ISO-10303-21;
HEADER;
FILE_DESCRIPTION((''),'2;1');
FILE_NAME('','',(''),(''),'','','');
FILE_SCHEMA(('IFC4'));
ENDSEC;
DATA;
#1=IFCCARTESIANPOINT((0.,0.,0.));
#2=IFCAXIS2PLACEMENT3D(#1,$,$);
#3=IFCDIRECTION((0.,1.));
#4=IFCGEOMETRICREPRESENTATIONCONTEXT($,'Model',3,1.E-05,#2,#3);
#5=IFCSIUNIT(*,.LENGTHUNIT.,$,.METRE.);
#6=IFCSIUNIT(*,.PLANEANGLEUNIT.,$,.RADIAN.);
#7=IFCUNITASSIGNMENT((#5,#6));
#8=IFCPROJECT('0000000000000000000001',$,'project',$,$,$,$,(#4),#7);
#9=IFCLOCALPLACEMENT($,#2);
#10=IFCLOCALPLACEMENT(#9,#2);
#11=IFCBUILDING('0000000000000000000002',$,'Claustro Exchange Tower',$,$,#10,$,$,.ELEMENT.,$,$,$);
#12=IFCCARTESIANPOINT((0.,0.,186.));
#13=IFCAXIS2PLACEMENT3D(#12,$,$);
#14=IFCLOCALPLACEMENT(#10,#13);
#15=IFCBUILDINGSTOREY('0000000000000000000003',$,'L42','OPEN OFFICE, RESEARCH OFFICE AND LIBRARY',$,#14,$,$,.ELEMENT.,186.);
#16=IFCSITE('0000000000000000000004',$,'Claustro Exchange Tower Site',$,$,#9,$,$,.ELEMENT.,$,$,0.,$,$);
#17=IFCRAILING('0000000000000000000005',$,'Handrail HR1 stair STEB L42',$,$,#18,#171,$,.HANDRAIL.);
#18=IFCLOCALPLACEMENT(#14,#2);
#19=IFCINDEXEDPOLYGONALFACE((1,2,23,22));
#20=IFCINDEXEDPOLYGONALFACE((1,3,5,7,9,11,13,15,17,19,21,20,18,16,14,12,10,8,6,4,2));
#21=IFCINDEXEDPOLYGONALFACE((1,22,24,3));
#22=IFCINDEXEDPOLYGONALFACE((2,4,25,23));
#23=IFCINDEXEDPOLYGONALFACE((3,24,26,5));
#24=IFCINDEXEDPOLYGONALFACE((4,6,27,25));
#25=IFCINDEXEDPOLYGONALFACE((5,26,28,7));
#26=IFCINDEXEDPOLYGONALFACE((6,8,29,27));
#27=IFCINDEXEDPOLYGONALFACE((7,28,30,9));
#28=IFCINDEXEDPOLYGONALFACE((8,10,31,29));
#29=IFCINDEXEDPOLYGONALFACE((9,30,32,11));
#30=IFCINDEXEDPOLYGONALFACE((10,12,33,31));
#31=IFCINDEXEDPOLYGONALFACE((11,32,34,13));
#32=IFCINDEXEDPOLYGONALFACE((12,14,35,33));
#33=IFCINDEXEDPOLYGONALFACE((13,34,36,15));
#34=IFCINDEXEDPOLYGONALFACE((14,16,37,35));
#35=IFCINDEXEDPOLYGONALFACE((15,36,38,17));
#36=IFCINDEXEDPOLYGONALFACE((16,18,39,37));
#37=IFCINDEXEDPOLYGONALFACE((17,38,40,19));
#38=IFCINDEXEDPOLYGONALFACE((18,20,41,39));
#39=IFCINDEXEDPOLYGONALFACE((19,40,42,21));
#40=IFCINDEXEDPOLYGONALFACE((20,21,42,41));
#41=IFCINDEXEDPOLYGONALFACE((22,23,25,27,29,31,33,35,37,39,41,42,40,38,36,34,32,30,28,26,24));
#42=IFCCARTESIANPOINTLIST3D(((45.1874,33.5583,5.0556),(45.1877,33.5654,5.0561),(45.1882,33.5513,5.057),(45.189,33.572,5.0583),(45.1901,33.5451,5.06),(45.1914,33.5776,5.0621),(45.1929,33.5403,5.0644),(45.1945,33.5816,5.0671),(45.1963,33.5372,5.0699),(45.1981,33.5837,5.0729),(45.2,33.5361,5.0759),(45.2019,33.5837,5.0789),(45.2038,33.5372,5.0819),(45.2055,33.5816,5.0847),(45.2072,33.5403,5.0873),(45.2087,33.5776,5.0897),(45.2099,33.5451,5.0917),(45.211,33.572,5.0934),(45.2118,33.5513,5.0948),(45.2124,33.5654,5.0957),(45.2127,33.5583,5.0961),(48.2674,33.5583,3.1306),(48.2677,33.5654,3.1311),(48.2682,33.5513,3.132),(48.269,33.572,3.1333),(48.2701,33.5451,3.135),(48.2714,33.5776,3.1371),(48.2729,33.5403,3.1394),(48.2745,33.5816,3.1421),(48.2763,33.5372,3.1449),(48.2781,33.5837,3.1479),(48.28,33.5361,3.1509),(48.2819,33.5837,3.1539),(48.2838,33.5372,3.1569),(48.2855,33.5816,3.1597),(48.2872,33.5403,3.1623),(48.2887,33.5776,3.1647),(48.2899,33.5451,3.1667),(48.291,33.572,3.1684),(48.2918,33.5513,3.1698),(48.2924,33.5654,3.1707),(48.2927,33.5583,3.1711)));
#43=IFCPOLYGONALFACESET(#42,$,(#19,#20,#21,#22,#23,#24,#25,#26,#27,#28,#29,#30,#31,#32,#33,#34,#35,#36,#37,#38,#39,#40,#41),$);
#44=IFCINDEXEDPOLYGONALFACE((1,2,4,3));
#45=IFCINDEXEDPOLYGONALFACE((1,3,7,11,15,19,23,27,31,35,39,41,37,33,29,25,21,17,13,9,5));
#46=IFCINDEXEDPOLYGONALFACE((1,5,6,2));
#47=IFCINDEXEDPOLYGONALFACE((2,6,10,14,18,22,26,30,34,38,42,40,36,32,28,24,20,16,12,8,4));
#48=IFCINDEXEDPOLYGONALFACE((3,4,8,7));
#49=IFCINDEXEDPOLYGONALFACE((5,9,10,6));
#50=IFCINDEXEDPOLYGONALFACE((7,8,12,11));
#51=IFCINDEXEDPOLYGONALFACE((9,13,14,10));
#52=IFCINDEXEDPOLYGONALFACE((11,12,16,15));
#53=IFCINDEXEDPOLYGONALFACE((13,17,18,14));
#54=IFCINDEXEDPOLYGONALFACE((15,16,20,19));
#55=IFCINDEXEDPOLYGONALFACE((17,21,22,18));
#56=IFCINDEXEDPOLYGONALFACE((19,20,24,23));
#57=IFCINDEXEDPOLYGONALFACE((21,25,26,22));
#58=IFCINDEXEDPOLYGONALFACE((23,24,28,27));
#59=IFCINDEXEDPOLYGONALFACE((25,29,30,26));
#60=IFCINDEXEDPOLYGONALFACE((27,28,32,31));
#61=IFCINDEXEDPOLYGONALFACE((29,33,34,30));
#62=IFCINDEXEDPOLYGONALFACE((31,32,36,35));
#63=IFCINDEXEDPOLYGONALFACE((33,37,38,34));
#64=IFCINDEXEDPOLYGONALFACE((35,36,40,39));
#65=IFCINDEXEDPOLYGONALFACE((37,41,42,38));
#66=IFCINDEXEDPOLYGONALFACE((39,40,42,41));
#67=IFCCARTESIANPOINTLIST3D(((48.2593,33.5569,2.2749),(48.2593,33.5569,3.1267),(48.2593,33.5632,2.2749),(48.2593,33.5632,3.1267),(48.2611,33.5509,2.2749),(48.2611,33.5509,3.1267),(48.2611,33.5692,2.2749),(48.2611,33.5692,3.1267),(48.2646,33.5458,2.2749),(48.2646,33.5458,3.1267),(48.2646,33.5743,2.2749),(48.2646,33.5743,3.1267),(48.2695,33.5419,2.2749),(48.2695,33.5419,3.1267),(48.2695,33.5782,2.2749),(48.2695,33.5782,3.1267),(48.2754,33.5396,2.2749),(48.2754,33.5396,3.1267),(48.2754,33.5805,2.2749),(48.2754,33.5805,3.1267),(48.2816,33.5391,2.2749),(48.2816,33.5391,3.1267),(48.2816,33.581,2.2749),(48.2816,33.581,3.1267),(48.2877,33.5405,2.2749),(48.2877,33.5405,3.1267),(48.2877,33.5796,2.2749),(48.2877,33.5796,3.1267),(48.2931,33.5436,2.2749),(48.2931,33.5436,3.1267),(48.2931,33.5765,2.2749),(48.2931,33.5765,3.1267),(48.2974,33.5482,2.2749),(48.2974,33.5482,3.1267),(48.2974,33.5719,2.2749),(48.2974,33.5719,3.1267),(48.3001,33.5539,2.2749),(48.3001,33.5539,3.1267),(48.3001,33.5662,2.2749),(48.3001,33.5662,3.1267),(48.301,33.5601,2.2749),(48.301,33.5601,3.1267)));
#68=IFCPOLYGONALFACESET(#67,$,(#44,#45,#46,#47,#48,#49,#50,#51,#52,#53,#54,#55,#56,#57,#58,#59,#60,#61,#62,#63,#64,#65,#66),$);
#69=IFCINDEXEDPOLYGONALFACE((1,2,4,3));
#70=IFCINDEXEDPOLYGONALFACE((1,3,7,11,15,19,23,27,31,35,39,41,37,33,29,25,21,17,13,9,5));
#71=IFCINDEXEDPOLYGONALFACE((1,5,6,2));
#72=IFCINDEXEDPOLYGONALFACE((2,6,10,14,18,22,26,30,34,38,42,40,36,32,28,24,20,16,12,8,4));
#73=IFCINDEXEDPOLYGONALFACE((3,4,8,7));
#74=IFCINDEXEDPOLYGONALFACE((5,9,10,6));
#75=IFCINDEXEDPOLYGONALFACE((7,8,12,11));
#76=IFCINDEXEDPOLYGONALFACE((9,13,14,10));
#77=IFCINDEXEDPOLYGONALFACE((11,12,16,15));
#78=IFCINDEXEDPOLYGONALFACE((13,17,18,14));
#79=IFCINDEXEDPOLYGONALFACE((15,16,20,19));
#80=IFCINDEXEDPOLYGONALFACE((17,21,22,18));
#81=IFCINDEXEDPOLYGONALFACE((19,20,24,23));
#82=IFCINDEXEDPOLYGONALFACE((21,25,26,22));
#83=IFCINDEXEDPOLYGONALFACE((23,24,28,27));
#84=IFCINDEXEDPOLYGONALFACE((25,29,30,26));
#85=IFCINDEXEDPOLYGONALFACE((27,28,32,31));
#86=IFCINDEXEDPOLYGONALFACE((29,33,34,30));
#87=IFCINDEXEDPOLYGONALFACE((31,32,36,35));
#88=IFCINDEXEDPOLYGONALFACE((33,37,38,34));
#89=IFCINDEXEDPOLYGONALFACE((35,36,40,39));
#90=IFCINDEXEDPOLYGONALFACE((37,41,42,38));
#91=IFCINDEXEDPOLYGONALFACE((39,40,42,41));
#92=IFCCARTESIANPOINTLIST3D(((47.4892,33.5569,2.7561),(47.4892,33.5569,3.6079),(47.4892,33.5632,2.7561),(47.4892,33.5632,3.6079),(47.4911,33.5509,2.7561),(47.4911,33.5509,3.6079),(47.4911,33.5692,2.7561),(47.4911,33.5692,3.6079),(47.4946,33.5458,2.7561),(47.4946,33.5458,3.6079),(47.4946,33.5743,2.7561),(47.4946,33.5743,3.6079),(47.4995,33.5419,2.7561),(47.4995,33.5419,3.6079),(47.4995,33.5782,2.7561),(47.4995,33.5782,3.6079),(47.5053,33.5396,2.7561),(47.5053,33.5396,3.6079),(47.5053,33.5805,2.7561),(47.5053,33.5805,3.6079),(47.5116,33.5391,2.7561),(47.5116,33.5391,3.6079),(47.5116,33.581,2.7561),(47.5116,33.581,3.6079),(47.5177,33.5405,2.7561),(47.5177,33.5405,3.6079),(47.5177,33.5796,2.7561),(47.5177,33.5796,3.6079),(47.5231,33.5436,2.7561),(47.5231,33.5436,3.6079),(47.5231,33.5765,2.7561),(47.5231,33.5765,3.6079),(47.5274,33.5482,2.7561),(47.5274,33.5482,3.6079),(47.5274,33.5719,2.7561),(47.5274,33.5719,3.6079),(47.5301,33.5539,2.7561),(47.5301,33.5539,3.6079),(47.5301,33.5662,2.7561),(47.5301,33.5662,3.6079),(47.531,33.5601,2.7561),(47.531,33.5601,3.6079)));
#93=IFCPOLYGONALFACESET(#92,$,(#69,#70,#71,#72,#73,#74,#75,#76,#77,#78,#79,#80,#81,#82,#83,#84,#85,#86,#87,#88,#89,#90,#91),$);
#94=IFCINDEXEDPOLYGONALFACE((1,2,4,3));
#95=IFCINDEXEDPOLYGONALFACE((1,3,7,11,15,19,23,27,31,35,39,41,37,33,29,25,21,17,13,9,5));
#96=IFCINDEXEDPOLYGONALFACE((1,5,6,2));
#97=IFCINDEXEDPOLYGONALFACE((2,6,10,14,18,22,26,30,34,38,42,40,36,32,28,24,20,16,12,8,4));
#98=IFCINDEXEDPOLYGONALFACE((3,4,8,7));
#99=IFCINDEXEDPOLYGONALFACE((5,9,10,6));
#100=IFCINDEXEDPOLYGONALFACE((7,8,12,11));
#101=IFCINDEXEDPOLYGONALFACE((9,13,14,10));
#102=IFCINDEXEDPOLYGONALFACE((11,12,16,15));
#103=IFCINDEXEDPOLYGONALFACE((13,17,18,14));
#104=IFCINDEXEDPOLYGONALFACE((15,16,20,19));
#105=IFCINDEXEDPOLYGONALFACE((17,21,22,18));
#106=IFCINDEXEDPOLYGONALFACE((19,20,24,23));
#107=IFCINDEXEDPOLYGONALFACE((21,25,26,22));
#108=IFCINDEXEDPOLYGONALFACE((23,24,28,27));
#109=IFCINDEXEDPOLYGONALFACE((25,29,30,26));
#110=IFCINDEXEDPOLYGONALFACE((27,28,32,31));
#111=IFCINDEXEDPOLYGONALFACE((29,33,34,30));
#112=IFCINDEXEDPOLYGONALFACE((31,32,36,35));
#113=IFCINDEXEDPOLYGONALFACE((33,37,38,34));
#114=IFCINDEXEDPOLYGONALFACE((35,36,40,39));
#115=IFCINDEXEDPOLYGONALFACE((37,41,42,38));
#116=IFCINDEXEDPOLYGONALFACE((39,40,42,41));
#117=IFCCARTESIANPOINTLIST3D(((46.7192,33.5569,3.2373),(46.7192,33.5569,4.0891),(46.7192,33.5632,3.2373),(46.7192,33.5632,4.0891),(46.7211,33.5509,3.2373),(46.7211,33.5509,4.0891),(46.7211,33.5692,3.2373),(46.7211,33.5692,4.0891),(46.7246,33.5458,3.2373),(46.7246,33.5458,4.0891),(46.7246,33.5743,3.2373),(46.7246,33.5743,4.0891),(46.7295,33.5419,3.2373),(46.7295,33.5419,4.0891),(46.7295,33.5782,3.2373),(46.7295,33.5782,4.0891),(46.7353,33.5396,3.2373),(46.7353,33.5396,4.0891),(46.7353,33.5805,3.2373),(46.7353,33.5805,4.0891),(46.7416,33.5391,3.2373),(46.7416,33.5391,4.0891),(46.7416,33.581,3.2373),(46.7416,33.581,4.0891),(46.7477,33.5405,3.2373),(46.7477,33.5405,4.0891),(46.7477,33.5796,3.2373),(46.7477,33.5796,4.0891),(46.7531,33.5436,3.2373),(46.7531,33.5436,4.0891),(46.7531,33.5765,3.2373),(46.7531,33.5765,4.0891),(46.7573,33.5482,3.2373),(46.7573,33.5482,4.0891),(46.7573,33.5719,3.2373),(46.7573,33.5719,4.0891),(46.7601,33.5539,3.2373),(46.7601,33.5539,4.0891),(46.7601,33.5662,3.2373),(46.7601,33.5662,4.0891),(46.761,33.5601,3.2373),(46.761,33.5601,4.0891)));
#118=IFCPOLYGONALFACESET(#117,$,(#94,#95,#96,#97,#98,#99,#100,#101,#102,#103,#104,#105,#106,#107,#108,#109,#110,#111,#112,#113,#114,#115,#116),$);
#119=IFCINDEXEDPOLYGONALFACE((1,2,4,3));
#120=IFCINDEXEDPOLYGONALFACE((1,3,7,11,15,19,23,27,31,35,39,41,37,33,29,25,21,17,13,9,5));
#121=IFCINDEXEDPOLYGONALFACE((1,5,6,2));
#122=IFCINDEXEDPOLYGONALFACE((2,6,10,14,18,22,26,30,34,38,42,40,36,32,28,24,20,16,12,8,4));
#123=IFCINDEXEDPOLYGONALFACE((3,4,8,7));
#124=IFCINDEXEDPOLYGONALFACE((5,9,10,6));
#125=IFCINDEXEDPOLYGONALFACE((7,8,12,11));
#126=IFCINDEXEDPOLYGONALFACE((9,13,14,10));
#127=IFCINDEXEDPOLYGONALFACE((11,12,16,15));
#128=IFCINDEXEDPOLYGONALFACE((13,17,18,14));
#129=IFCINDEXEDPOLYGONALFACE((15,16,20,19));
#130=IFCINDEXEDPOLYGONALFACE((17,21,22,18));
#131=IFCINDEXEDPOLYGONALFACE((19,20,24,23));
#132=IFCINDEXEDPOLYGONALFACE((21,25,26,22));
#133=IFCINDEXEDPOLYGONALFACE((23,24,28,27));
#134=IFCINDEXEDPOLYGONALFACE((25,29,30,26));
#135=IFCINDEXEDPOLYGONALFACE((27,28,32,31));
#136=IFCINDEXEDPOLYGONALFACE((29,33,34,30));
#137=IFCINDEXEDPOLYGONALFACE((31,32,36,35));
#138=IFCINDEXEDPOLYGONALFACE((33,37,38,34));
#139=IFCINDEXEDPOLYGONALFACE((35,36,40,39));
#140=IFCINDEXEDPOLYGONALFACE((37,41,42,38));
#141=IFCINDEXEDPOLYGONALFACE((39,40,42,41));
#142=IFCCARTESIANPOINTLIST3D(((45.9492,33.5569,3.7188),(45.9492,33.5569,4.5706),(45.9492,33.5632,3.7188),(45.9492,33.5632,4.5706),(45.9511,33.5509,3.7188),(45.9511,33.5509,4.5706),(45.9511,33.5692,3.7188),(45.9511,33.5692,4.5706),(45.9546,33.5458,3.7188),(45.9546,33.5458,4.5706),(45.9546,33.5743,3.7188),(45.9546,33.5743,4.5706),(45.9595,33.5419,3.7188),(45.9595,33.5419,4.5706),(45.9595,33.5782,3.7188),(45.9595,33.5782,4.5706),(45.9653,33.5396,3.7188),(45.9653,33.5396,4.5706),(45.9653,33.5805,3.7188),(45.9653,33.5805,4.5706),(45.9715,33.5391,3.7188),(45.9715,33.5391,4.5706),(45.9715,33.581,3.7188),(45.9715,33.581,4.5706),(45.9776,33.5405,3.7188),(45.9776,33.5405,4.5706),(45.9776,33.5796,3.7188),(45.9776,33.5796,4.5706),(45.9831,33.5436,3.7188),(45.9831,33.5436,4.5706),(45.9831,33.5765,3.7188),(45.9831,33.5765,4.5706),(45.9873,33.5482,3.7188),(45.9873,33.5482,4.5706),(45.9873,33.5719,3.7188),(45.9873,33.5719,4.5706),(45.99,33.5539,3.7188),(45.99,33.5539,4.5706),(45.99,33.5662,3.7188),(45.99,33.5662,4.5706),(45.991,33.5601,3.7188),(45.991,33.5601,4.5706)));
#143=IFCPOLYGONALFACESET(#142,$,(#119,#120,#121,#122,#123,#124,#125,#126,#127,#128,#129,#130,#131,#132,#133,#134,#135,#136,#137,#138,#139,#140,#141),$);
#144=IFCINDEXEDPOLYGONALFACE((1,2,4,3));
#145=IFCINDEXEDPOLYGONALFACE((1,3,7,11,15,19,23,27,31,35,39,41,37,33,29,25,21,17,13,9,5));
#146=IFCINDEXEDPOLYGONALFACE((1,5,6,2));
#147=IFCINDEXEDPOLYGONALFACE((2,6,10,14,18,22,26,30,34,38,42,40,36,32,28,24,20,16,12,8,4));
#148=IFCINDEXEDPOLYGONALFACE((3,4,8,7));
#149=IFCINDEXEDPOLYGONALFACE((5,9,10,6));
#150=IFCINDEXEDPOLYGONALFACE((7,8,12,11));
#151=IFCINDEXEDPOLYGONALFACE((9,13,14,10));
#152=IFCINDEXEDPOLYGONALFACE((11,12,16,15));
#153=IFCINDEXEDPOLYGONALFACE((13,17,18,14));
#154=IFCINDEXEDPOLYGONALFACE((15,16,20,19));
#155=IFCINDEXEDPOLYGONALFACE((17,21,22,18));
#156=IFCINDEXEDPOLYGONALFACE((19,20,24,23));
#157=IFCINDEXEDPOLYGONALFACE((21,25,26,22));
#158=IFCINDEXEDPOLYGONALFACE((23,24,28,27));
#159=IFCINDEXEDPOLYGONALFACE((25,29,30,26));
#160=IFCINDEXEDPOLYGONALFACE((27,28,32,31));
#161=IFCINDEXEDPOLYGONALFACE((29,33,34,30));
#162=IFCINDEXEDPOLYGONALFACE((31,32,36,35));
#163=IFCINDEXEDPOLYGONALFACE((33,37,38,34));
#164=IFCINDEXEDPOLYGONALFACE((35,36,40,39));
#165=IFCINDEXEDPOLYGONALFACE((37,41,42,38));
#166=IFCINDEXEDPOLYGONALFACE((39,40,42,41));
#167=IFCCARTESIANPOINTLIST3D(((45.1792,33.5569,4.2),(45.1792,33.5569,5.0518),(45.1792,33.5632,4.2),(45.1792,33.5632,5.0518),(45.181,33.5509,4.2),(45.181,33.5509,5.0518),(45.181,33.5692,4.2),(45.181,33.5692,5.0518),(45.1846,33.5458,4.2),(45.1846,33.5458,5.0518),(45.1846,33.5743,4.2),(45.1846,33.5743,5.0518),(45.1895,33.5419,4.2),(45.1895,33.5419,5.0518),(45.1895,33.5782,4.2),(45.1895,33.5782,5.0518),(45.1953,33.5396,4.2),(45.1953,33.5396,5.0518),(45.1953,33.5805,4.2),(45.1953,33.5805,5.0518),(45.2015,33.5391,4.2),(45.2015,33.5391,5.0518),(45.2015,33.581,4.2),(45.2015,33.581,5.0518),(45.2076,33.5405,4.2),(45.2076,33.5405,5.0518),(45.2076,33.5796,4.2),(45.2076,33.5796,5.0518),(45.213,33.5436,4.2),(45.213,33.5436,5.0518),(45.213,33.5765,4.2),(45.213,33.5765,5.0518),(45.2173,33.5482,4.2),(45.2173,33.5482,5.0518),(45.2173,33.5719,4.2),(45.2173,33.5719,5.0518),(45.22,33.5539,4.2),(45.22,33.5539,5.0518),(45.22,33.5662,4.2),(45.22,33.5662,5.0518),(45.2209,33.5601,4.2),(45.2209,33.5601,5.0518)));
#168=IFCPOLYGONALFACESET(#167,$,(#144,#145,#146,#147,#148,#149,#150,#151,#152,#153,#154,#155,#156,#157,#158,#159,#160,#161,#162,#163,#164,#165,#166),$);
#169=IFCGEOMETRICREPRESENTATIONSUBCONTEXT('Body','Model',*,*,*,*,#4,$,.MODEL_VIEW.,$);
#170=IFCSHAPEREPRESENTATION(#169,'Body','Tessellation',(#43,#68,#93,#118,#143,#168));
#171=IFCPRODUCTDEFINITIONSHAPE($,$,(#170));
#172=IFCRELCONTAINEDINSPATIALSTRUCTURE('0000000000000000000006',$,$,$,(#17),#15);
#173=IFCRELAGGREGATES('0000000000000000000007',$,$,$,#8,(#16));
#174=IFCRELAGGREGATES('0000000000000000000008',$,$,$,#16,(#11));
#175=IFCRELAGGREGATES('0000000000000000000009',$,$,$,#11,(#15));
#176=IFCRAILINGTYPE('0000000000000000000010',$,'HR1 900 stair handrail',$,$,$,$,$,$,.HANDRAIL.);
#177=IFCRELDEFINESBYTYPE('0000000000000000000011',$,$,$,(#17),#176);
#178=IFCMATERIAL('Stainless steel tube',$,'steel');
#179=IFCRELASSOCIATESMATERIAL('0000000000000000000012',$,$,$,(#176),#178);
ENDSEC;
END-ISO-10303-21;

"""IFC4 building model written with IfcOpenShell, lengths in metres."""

from ifc_helpers import new_model, si_unit, direction, frame, origin, origin_2d, place, context, subcontext, project, spatial, circle, extrude, material, type_object, element, save


model = new_model("IFC4")

# Units and contexts
model_context = context("Model", 3, precision=1e-05, world=origin(), true_north=direction((0.0, 1.0)))
body_context = subcontext(model_context, "Body", "Model", "MODEL_VIEW")
ifc_project = project(units=[si_unit("LENGTHUNIT", "METRE"), si_unit("PLANEANGLEUNIT", "RADIAN")], contexts=[model_context])

# Site, building, storey
site_placement = place(None, origin())
site = spatial("IfcSite", under=ifc_project, at=site_placement, Name="Claustro Exchange Tower Site", CompositionType="ELEMENT", RefElevation=0.0)
building_placement = place(site_placement, origin())
building = spatial("IfcBuilding", under=site, at=building_placement, Name="Claustro Exchange Tower", CompositionType="ELEMENT")
storey_placement = place(building_placement, frame((0.0, 0.0, 186.0)))
storey = spatial("IfcBuildingStorey", under=building, at=storey_placement, Name="L42", Description="OPEN OFFICE, RESEARCH OFFICE AND LIBRARY", CompositionType="ELEMENT", Elevation=186.0)

# Railing
ifc_material_1 = material(Name="Stainless steel tube", Category="steel")
railing_type_1 = type_object("IfcRailingType", Name="HR1 900 stair handrail", PredefinedType="HANDRAIL", material=ifc_material_1)
railing_1_placement = place(storey_placement, frame((48.28, 33.5601, 2.2749)))
element("IfcRailing", 1, at=railing_1_placement, inside=storey, type_object=railing_type_1, Name="Handrail HR1 stair STEB L42", PredefinedType="HANDRAIL", context=body_context, shape_type="SweptSolid", body=[
    extrude(circle(Radius=0.0239, at=origin_2d()), frame((0.0, 0.0, 0.876), z_axis=(-0.847998, 0.0, 0.529999), x_axis=(0.0, -1.0, 0.0)), (0.0, 0.0, 1.0), 3.6321),
    extrude(circle(Radius=0.021, at=origin_2d()), origin(), (0.0, 0.0, 1.0), 0.8518),
    extrude(circle(Radius=0.021, at=origin_2d()), frame((-0.77, 0.0, 0.4812)), (0.0, 0.0, 1.0), 0.8518),
    extrude(circle(Radius=0.021, at=origin_2d()), frame((-1.54, 0.0, 0.9624)), (0.0, 0.0, 1.0), 0.8518),
    extrude(circle(Radius=0.021, at=origin_2d()), frame((-2.3101, 0.0, 1.4438)), (0.0, 0.0, 1.0), 0.8518),
    extrude(circle(Radius=0.021, at=origin_2d()), frame((-3.0801, 0.0, 1.925)), (0.0, 0.0, 1.0), 0.8518),
])

save(model, "model.ifc")
